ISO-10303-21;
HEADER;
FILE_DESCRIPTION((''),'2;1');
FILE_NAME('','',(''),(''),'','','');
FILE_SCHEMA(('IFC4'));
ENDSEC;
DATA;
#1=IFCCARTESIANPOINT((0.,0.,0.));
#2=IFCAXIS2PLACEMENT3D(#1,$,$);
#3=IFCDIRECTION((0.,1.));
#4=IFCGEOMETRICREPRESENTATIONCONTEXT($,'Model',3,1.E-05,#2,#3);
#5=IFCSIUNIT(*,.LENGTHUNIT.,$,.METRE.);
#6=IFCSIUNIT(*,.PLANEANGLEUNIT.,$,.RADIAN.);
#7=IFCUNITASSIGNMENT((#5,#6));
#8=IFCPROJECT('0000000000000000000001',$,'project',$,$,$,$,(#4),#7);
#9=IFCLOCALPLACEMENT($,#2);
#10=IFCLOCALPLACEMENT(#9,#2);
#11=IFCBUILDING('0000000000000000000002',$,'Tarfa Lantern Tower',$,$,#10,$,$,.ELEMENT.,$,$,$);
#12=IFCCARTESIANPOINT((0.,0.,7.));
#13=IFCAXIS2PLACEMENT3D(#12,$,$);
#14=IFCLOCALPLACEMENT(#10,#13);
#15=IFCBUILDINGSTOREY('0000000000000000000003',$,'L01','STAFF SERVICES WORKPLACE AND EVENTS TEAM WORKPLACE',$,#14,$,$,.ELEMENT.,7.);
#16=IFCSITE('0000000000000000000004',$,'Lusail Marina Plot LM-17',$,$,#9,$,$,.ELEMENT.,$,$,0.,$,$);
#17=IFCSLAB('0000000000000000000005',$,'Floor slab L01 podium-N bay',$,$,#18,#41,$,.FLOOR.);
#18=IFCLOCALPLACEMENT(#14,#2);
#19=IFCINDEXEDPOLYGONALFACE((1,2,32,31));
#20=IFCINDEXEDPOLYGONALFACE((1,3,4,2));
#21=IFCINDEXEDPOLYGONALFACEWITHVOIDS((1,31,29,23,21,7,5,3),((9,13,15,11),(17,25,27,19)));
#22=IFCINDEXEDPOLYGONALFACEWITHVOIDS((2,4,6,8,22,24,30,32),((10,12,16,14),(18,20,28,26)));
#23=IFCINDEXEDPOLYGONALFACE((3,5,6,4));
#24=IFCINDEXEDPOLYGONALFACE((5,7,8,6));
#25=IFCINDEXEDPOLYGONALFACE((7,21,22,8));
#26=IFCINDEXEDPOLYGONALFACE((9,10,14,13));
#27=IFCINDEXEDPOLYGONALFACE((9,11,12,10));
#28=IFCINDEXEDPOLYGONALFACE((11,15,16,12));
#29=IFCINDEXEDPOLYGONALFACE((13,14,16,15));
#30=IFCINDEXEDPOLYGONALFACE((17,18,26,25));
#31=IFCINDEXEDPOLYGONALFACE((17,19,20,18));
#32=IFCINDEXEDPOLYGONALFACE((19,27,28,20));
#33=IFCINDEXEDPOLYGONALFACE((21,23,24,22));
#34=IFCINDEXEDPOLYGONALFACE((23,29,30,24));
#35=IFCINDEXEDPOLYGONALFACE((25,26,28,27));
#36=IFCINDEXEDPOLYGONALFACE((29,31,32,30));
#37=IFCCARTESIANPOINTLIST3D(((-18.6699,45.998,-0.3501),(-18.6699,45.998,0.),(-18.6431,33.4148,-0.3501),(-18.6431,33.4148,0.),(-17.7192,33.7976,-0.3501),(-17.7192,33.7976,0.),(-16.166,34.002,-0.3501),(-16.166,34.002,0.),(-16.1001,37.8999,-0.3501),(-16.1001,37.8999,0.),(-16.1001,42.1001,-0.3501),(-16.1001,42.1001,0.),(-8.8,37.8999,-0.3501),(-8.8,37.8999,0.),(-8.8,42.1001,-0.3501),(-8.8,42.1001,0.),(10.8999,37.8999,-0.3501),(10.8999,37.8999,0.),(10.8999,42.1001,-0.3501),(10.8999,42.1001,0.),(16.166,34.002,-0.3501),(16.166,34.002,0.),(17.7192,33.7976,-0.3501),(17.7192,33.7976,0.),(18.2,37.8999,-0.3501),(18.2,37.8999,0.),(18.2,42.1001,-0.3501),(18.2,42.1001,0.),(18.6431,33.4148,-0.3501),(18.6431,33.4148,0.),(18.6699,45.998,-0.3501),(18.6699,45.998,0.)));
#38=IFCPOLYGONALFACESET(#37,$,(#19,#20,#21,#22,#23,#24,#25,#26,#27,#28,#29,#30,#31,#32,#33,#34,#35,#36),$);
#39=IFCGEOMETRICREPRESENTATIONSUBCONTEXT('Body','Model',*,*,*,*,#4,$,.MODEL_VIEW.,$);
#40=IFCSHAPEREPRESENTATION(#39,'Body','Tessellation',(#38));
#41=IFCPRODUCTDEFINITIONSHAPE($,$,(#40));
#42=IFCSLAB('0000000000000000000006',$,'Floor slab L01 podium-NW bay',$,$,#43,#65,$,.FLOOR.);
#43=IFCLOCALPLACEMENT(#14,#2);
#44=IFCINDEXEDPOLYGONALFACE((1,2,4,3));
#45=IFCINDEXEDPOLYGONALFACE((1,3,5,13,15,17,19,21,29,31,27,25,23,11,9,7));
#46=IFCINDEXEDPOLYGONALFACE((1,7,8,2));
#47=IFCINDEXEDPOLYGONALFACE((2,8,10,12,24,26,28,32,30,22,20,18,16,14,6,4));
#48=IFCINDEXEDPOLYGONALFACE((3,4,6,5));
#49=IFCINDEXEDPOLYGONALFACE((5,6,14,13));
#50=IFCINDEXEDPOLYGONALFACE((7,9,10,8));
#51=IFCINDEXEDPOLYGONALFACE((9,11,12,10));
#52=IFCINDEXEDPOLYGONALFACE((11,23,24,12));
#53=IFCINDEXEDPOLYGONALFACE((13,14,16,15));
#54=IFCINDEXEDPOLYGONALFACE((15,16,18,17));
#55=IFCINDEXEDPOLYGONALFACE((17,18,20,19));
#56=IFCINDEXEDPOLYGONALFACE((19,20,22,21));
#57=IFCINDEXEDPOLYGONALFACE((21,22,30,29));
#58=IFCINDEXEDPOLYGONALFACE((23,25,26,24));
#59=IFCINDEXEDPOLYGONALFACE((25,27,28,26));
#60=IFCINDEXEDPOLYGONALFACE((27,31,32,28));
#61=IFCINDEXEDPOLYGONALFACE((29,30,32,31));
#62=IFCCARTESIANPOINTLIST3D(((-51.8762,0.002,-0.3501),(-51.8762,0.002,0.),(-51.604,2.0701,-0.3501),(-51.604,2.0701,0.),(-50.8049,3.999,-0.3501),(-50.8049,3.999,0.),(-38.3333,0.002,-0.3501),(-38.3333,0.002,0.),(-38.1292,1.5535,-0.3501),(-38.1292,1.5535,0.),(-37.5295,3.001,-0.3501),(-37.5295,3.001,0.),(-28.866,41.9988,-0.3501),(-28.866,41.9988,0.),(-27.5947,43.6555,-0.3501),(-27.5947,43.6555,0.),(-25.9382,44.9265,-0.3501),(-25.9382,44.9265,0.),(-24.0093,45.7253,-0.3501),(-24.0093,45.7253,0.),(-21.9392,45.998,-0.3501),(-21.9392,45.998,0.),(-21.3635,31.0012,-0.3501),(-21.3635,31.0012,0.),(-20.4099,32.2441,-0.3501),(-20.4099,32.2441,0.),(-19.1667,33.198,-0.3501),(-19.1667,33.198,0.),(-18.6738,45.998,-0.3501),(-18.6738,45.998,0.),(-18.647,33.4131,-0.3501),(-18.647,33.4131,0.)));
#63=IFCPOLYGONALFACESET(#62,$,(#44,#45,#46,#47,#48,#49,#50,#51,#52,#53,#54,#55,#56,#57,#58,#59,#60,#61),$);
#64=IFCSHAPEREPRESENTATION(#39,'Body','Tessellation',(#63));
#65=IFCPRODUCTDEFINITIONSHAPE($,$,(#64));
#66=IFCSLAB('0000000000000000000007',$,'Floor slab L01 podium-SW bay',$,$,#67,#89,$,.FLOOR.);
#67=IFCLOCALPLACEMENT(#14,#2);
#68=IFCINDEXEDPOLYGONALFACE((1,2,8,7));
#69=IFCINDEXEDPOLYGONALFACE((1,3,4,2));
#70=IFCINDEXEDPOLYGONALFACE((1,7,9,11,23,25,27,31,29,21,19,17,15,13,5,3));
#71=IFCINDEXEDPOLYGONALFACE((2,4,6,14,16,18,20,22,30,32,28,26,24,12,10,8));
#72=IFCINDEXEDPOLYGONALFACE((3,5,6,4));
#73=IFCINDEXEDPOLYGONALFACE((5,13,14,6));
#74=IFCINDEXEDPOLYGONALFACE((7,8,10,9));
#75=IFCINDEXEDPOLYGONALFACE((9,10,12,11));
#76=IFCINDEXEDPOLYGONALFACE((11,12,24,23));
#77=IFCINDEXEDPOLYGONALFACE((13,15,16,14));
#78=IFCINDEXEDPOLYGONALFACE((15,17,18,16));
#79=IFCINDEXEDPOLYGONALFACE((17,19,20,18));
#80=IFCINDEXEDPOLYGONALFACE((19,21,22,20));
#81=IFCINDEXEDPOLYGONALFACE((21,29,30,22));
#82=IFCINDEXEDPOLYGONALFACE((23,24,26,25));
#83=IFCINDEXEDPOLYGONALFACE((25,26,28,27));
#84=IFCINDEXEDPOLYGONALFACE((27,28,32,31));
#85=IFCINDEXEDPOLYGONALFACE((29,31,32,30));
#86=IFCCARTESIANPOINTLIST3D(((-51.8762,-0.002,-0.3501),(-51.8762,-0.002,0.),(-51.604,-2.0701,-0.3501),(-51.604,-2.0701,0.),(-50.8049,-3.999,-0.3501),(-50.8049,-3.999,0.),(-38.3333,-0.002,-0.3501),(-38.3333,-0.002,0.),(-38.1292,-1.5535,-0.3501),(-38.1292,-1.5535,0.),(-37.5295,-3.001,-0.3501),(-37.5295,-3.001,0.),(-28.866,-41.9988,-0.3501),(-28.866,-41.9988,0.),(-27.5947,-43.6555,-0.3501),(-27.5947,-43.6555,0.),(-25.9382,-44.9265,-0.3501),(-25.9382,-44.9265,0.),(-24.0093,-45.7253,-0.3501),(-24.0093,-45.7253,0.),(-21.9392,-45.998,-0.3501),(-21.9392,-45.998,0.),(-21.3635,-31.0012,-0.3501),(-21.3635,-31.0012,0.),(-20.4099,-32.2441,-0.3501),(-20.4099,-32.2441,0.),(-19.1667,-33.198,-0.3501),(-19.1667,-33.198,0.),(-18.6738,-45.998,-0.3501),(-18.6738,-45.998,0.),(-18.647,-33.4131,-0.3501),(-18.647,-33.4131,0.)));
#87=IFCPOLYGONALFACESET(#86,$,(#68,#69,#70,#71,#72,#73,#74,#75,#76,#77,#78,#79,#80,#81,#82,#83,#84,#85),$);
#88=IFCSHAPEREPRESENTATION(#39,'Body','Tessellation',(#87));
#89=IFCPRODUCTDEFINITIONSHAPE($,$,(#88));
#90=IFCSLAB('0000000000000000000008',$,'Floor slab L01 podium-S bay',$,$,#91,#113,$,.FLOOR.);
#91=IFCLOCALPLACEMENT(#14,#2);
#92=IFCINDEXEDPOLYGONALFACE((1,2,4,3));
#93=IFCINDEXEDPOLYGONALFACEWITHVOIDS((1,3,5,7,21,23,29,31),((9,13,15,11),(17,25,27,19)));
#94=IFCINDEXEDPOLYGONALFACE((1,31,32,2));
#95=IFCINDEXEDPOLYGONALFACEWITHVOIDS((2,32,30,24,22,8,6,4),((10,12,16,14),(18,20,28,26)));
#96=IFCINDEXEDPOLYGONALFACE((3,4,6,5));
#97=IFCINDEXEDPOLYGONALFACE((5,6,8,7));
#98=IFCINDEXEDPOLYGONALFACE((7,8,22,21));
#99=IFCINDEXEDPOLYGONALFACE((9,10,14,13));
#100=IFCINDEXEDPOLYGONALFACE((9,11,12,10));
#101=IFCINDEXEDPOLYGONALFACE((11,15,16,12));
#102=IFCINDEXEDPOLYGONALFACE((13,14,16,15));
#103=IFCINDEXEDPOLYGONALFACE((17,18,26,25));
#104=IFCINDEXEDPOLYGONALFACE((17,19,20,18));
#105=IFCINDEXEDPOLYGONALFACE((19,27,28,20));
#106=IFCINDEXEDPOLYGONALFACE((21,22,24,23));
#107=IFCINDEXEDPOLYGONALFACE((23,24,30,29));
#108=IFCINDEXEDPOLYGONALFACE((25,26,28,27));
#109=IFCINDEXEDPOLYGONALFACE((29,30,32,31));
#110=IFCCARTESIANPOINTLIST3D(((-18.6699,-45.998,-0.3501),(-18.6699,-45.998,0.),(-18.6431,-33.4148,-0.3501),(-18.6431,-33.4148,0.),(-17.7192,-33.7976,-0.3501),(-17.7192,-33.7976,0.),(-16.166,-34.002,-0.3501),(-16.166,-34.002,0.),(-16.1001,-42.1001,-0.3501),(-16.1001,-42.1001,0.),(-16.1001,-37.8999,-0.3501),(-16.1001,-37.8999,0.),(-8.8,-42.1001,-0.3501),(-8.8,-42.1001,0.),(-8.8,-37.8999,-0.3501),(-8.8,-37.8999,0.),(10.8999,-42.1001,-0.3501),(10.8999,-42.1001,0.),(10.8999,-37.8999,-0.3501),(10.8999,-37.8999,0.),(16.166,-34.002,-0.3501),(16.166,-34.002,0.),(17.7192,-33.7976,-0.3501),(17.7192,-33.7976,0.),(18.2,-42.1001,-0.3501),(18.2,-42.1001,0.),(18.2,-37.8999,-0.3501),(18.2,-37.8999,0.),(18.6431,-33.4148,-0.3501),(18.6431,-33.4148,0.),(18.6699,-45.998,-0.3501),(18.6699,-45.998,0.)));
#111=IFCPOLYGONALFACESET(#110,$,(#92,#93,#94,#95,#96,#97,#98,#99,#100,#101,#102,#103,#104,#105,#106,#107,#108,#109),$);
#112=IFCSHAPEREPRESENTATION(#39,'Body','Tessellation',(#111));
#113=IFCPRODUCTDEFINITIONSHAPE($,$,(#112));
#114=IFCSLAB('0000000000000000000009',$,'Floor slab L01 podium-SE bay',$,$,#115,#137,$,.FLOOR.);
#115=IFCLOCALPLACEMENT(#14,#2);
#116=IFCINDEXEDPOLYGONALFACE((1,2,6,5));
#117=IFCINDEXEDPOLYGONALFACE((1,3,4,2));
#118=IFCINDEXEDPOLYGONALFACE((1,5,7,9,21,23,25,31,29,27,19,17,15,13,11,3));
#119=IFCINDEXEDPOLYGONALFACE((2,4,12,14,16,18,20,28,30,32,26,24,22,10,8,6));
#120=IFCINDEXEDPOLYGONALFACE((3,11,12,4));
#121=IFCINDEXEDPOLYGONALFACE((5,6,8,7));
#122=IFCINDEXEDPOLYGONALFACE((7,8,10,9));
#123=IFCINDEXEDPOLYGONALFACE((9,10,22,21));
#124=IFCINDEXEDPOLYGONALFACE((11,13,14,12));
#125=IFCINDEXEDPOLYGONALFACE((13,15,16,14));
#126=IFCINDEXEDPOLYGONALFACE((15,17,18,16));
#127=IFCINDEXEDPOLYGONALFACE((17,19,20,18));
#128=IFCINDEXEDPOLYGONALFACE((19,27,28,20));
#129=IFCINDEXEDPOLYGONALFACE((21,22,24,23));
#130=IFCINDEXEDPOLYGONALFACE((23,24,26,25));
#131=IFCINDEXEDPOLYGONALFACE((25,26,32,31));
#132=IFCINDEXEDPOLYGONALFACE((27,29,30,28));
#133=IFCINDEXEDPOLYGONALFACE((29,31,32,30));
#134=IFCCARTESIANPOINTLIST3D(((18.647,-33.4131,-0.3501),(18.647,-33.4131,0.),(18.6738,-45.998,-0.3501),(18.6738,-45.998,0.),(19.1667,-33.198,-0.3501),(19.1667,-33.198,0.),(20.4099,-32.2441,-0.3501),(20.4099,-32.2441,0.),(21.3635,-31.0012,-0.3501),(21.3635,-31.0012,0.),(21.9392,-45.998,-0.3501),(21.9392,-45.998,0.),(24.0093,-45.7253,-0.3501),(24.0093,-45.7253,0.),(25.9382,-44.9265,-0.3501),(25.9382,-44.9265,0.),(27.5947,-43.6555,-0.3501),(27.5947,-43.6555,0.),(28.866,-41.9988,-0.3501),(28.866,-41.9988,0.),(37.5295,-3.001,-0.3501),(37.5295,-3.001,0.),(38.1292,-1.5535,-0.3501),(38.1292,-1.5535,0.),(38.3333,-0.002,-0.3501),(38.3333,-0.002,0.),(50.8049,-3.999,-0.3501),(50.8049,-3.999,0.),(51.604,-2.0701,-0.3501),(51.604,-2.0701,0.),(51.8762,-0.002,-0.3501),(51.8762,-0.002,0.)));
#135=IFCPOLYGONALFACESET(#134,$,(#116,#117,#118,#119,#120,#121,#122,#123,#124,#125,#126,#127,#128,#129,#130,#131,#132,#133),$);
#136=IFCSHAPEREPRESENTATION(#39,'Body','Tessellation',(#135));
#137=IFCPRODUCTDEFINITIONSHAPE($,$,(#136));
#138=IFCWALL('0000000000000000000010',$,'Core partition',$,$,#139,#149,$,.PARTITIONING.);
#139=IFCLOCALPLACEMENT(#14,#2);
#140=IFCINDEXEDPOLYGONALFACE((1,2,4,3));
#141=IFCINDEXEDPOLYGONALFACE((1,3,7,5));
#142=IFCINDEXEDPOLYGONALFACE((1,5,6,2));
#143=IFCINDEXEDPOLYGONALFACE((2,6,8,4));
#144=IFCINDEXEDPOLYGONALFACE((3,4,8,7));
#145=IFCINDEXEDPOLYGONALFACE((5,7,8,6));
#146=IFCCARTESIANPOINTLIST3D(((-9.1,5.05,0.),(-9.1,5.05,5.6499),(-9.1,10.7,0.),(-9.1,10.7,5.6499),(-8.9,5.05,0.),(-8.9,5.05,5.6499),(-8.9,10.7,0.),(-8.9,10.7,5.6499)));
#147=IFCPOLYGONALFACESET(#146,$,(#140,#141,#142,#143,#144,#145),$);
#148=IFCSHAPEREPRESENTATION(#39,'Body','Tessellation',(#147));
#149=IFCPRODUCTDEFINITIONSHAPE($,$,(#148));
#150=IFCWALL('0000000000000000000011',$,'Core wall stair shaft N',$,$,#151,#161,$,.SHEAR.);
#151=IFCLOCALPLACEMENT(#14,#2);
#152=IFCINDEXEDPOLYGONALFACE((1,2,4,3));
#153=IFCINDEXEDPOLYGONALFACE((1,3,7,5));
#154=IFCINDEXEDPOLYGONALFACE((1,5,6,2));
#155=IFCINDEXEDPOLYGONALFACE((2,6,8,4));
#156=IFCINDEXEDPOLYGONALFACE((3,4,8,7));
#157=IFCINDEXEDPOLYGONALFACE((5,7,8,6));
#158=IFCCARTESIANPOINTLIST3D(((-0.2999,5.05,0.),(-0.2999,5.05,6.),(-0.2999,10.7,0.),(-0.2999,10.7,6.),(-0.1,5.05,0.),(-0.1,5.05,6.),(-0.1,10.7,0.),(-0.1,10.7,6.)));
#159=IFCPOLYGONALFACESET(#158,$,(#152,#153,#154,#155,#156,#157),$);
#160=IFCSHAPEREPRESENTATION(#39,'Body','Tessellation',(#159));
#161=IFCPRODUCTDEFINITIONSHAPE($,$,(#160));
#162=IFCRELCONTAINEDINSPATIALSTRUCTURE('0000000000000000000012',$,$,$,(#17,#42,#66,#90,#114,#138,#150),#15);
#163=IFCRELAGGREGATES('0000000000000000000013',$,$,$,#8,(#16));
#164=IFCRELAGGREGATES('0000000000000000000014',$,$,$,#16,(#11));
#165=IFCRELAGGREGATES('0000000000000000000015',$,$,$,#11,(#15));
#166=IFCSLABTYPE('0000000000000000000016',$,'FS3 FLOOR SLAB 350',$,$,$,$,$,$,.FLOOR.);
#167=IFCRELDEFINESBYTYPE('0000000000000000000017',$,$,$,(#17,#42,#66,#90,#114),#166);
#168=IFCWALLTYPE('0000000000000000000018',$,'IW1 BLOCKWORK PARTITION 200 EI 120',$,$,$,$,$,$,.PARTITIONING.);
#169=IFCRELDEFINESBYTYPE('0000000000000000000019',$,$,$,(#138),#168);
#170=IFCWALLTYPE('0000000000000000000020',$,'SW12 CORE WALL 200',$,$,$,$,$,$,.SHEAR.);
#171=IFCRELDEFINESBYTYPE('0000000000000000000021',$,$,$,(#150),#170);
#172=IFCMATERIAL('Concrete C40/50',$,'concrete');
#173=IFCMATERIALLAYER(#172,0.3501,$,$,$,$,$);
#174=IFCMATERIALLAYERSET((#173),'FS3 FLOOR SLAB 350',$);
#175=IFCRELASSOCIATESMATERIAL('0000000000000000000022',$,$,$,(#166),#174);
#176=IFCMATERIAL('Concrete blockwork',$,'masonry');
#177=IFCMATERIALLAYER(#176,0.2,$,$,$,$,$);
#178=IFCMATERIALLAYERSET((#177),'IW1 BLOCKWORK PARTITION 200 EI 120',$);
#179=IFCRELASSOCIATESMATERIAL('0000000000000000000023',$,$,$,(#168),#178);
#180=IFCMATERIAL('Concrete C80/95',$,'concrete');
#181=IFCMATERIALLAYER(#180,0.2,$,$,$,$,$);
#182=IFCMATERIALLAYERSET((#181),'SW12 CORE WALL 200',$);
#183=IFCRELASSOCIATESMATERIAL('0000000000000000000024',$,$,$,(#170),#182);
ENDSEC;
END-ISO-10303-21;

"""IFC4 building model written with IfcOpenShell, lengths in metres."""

from ifc_helpers import new_model, si_unit, direction, frame, frame_2d, origin, place, context, subcontext, project, spatial, polyline, rectangle, outline, extrude, material, layer, layer_set, type_object, element, save


model = new_model("IFC4")

# Units and contexts
model_context = context("Model", 3, precision=1e-05, world=origin(), true_north=direction((0.0, 1.0)))
body_context = subcontext(model_context, "Body", "Model", "MODEL_VIEW")
ifc_project = project(units=[si_unit("LENGTHUNIT", "METRE"), si_unit("PLANEANGLEUNIT", "RADIAN")], contexts=[model_context])

# Site, building, storey
site_placement = place(None, origin())
site = spatial("IfcSite", under=ifc_project, at=site_placement, Name="Lusail Marina Plot LM-17", CompositionType="ELEMENT", RefElevation=0.0)
building_placement = place(site_placement, origin())
building = spatial("IfcBuilding", under=site, at=building_placement, Name="Tarfa Lantern Tower", CompositionType="ELEMENT")
storey_placement = place(building_placement, frame((0.0, 0.0, 7.0)))
storey = spatial("IfcBuildingStorey", under=building, at=storey_placement, Name="L01", Description="STAFF SERVICES WORKPLACE AND EVENTS TEAM WORKPLACE", CompositionType="ELEMENT", Elevation=7.0)

# Slabs
ifc_material_1 = material(Name="Concrete C40/50", Category="concrete")
ifc_layer_1 = layer(ifc_material_1, 0.3501)
ifc_layer_set_1 = layer_set([ifc_layer_1], Name="FS3 FLOOR SLAB 350")
slab_type = type_object("IfcSlabType", Name="FS3 FLOOR SLAB 350", PredefinedType="FLOOR", material=ifc_layer_set_1)
slab_1_placement = place(storey_placement, frame((0.0, 0.0, -0.3501)))
element("IfcSlab", 1, at=slab_1_placement, inside=storey, type_object=slab_type, Name="Floor slab L01 podium-N bay", PredefinedType="FLOOR", context=body_context, shape_type="SweptSolid", body=[
    extrude(outline(polyline([(-18.6431, 33.4148), (-17.7192, 33.7976), (-16.166, 34.002), (16.166, 34.002), (17.7192, 33.7976), (18.6431, 33.4148), (18.6699, 45.998), (-18.6699, 45.998), (-18.6431, 33.4148)]), holes=[polyline([(10.8999, 37.8999), (18.2, 37.8999), (18.2, 42.1001), (10.8999, 42.1001), (10.8999, 37.8999)]), polyline([(-16.1001, 37.8999), (-8.8, 37.8999), (-8.8, 42.1001), (-16.1001, 42.1001), (-16.1001, 37.8999)])]), origin(), (0.0, 0.0, 1.0), 0.3501),
])
slab_2_placement = place(storey_placement, frame((0.0, 0.0, -0.3501)))
element("IfcSlab", 2, at=slab_2_placement, inside=storey, type_object=slab_type, Name="Floor slab L01 podium-NW bay", PredefinedType="FLOOR", context=body_context, shape_type="SweptSolid", body=[
    extrude(outline(polyline([(-38.3333, 0.002), (-38.1292, 1.5535), (-37.5295, 3.001), (-21.3635, 31.0012), (-20.4099, 32.2441), (-19.1667, 33.198), (-18.647, 33.4131), (-18.6738, 45.998), (-21.9392, 45.998), (-24.0093, 45.7253), (-25.9382, 44.9265), (-27.5947, 43.6555), (-28.866, 41.9988), (-50.8049, 3.999), (-51.604, 2.0701), (-51.8762, 0.002), (-38.3333, 0.002)])), origin(), (0.0, 0.0, 1.0), 0.3501),
])
slab_3_placement = place(storey_placement, frame((0.0, 0.0, -0.3501)))
element("IfcSlab", 3, at=slab_3_placement, inside=storey, type_object=slab_type, Name="Floor slab L01 podium-SW bay", PredefinedType="FLOOR", context=body_context, shape_type="SweptSolid", body=[
    extrude(outline(polyline([(-18.647, -33.4131), (-19.1667, -33.198), (-20.4099, -32.2441), (-21.3635, -31.0012), (-37.5295, -3.001), (-38.1292, -1.5535), (-38.3333, -0.002), (-51.8762, -0.002), (-51.604, -2.0701), (-50.8049, -3.999), (-28.866, -41.9988), (-27.5947, -43.6555), (-25.9382, -44.9265), (-24.0093, -45.7253), (-21.9392, -45.998), (-18.6738, -45.998), (-18.647, -33.4131)])), origin(), (0.0, 0.0, 1.0), 0.3501),
])
slab_4_placement = place(storey_placement, frame((0.0, 0.0, -0.3501)))
element("IfcSlab", 4, at=slab_4_placement, inside=storey, type_object=slab_type, Name="Floor slab L01 podium-S bay", PredefinedType="FLOOR", context=body_context, shape_type="SweptSolid", body=[
    extrude(outline(polyline([(18.6431, -33.4148), (17.7192, -33.7976), (16.166, -34.002), (-16.166, -34.002), (-17.7192, -33.7976), (-18.6431, -33.4148), (-18.6699, -45.998), (18.6699, -45.998), (18.6431, -33.4148)]), holes=[polyline([(-16.1001, -42.1001), (-8.8, -42.1001), (-8.8, -37.8999), (-16.1001, -37.8999), (-16.1001, -42.1001)]), polyline([(10.8999, -42.1001), (18.2, -42.1001), (18.2, -37.8999), (10.8999, -37.8999), (10.8999, -42.1001)])]), origin(), (0.0, 0.0, 1.0), 0.3501),
])
slab_5_placement = place(storey_placement, frame((0.0, 0.0, -0.3501)))
element("IfcSlab", 5, at=slab_5_placement, inside=storey, type_object=slab_type, Name="Floor slab L01 podium-SE bay", PredefinedType="FLOOR", context=body_context, shape_type="SweptSolid", body=[
    extrude(outline(polyline([(38.3333, -0.002), (38.1292, -1.5535), (37.5295, -3.001), (21.3635, -31.0012), (20.4099, -32.2441), (19.1667, -33.198), (18.647, -33.4131), (18.6738, -45.998), (21.9392, -45.998), (24.0093, -45.7253), (25.9382, -44.9265), (27.5947, -43.6555), (28.866, -41.9988), (50.8049, -3.999), (51.604, -2.0701), (51.8762, -0.002), (38.3333, -0.002)])), origin(), (0.0, 0.0, 1.0), 0.3501),
])

# Walls
ifc_material_2 = material(Name="Concrete blockwork", Category="masonry")
ifc_layer_2 = layer(ifc_material_2, 0.2)
ifc_layer_set_2 = layer_set([ifc_layer_2], Name="IW1 BLOCKWORK PARTITION 200 EI 120")
wall_type_1 = type_object("IfcWallType", Name="IW1 BLOCKWORK PARTITION 200 EI 120", PredefinedType="PARTITIONING", material=ifc_layer_set_2)
wall_1_placement = place(storey_placement, frame((-9.0, 5.05, 0.0), z_axis=(0.0, 0.0, 1.0), x_axis=(0.0, 1.0, 0.0)))
element("IfcWall", 6, at=wall_1_placement, inside=storey, type_object=wall_type_1, Name="Core partition", PredefinedType="PARTITIONING", context=body_context, shape_type="SweptSolid", body=[
    extrude(rectangle(XDim=5.6499, YDim=0.2, at=frame_2d((2.825, 0.0))), origin(), (0.0, 0.0, 1.0), 5.6499),
])
ifc_material_3 = material(Name="Concrete C80/95", Category="concrete")
ifc_layer_3 = layer(ifc_material_3, 0.2)
ifc_layer_set_3 = layer_set([ifc_layer_3], Name="SW12 CORE WALL 200")
wall_type_2 = type_object("IfcWallType", Name="SW12 CORE WALL 200", PredefinedType="SHEAR", material=ifc_layer_set_3)
wall_2_placement = place(storey_placement, frame((-0.2, 5.05, 0.0), z_axis=(0.0, 0.0, 1.0), x_axis=(0.0, 1.0, 0.0)))
element("IfcWall", 7, at=wall_2_placement, inside=storey, type_object=wall_type_2, Name="Core wall stair shaft N", PredefinedType="SHEAR", context=body_context, shape_type="SweptSolid", body=[
    extrude(rectangle(XDim=5.6499, YDim=0.2, at=frame_2d((2.825, 0.0))), origin(), (0.0, 0.0, 1.0), 6.0),
])

save(model, "model.ifc")
